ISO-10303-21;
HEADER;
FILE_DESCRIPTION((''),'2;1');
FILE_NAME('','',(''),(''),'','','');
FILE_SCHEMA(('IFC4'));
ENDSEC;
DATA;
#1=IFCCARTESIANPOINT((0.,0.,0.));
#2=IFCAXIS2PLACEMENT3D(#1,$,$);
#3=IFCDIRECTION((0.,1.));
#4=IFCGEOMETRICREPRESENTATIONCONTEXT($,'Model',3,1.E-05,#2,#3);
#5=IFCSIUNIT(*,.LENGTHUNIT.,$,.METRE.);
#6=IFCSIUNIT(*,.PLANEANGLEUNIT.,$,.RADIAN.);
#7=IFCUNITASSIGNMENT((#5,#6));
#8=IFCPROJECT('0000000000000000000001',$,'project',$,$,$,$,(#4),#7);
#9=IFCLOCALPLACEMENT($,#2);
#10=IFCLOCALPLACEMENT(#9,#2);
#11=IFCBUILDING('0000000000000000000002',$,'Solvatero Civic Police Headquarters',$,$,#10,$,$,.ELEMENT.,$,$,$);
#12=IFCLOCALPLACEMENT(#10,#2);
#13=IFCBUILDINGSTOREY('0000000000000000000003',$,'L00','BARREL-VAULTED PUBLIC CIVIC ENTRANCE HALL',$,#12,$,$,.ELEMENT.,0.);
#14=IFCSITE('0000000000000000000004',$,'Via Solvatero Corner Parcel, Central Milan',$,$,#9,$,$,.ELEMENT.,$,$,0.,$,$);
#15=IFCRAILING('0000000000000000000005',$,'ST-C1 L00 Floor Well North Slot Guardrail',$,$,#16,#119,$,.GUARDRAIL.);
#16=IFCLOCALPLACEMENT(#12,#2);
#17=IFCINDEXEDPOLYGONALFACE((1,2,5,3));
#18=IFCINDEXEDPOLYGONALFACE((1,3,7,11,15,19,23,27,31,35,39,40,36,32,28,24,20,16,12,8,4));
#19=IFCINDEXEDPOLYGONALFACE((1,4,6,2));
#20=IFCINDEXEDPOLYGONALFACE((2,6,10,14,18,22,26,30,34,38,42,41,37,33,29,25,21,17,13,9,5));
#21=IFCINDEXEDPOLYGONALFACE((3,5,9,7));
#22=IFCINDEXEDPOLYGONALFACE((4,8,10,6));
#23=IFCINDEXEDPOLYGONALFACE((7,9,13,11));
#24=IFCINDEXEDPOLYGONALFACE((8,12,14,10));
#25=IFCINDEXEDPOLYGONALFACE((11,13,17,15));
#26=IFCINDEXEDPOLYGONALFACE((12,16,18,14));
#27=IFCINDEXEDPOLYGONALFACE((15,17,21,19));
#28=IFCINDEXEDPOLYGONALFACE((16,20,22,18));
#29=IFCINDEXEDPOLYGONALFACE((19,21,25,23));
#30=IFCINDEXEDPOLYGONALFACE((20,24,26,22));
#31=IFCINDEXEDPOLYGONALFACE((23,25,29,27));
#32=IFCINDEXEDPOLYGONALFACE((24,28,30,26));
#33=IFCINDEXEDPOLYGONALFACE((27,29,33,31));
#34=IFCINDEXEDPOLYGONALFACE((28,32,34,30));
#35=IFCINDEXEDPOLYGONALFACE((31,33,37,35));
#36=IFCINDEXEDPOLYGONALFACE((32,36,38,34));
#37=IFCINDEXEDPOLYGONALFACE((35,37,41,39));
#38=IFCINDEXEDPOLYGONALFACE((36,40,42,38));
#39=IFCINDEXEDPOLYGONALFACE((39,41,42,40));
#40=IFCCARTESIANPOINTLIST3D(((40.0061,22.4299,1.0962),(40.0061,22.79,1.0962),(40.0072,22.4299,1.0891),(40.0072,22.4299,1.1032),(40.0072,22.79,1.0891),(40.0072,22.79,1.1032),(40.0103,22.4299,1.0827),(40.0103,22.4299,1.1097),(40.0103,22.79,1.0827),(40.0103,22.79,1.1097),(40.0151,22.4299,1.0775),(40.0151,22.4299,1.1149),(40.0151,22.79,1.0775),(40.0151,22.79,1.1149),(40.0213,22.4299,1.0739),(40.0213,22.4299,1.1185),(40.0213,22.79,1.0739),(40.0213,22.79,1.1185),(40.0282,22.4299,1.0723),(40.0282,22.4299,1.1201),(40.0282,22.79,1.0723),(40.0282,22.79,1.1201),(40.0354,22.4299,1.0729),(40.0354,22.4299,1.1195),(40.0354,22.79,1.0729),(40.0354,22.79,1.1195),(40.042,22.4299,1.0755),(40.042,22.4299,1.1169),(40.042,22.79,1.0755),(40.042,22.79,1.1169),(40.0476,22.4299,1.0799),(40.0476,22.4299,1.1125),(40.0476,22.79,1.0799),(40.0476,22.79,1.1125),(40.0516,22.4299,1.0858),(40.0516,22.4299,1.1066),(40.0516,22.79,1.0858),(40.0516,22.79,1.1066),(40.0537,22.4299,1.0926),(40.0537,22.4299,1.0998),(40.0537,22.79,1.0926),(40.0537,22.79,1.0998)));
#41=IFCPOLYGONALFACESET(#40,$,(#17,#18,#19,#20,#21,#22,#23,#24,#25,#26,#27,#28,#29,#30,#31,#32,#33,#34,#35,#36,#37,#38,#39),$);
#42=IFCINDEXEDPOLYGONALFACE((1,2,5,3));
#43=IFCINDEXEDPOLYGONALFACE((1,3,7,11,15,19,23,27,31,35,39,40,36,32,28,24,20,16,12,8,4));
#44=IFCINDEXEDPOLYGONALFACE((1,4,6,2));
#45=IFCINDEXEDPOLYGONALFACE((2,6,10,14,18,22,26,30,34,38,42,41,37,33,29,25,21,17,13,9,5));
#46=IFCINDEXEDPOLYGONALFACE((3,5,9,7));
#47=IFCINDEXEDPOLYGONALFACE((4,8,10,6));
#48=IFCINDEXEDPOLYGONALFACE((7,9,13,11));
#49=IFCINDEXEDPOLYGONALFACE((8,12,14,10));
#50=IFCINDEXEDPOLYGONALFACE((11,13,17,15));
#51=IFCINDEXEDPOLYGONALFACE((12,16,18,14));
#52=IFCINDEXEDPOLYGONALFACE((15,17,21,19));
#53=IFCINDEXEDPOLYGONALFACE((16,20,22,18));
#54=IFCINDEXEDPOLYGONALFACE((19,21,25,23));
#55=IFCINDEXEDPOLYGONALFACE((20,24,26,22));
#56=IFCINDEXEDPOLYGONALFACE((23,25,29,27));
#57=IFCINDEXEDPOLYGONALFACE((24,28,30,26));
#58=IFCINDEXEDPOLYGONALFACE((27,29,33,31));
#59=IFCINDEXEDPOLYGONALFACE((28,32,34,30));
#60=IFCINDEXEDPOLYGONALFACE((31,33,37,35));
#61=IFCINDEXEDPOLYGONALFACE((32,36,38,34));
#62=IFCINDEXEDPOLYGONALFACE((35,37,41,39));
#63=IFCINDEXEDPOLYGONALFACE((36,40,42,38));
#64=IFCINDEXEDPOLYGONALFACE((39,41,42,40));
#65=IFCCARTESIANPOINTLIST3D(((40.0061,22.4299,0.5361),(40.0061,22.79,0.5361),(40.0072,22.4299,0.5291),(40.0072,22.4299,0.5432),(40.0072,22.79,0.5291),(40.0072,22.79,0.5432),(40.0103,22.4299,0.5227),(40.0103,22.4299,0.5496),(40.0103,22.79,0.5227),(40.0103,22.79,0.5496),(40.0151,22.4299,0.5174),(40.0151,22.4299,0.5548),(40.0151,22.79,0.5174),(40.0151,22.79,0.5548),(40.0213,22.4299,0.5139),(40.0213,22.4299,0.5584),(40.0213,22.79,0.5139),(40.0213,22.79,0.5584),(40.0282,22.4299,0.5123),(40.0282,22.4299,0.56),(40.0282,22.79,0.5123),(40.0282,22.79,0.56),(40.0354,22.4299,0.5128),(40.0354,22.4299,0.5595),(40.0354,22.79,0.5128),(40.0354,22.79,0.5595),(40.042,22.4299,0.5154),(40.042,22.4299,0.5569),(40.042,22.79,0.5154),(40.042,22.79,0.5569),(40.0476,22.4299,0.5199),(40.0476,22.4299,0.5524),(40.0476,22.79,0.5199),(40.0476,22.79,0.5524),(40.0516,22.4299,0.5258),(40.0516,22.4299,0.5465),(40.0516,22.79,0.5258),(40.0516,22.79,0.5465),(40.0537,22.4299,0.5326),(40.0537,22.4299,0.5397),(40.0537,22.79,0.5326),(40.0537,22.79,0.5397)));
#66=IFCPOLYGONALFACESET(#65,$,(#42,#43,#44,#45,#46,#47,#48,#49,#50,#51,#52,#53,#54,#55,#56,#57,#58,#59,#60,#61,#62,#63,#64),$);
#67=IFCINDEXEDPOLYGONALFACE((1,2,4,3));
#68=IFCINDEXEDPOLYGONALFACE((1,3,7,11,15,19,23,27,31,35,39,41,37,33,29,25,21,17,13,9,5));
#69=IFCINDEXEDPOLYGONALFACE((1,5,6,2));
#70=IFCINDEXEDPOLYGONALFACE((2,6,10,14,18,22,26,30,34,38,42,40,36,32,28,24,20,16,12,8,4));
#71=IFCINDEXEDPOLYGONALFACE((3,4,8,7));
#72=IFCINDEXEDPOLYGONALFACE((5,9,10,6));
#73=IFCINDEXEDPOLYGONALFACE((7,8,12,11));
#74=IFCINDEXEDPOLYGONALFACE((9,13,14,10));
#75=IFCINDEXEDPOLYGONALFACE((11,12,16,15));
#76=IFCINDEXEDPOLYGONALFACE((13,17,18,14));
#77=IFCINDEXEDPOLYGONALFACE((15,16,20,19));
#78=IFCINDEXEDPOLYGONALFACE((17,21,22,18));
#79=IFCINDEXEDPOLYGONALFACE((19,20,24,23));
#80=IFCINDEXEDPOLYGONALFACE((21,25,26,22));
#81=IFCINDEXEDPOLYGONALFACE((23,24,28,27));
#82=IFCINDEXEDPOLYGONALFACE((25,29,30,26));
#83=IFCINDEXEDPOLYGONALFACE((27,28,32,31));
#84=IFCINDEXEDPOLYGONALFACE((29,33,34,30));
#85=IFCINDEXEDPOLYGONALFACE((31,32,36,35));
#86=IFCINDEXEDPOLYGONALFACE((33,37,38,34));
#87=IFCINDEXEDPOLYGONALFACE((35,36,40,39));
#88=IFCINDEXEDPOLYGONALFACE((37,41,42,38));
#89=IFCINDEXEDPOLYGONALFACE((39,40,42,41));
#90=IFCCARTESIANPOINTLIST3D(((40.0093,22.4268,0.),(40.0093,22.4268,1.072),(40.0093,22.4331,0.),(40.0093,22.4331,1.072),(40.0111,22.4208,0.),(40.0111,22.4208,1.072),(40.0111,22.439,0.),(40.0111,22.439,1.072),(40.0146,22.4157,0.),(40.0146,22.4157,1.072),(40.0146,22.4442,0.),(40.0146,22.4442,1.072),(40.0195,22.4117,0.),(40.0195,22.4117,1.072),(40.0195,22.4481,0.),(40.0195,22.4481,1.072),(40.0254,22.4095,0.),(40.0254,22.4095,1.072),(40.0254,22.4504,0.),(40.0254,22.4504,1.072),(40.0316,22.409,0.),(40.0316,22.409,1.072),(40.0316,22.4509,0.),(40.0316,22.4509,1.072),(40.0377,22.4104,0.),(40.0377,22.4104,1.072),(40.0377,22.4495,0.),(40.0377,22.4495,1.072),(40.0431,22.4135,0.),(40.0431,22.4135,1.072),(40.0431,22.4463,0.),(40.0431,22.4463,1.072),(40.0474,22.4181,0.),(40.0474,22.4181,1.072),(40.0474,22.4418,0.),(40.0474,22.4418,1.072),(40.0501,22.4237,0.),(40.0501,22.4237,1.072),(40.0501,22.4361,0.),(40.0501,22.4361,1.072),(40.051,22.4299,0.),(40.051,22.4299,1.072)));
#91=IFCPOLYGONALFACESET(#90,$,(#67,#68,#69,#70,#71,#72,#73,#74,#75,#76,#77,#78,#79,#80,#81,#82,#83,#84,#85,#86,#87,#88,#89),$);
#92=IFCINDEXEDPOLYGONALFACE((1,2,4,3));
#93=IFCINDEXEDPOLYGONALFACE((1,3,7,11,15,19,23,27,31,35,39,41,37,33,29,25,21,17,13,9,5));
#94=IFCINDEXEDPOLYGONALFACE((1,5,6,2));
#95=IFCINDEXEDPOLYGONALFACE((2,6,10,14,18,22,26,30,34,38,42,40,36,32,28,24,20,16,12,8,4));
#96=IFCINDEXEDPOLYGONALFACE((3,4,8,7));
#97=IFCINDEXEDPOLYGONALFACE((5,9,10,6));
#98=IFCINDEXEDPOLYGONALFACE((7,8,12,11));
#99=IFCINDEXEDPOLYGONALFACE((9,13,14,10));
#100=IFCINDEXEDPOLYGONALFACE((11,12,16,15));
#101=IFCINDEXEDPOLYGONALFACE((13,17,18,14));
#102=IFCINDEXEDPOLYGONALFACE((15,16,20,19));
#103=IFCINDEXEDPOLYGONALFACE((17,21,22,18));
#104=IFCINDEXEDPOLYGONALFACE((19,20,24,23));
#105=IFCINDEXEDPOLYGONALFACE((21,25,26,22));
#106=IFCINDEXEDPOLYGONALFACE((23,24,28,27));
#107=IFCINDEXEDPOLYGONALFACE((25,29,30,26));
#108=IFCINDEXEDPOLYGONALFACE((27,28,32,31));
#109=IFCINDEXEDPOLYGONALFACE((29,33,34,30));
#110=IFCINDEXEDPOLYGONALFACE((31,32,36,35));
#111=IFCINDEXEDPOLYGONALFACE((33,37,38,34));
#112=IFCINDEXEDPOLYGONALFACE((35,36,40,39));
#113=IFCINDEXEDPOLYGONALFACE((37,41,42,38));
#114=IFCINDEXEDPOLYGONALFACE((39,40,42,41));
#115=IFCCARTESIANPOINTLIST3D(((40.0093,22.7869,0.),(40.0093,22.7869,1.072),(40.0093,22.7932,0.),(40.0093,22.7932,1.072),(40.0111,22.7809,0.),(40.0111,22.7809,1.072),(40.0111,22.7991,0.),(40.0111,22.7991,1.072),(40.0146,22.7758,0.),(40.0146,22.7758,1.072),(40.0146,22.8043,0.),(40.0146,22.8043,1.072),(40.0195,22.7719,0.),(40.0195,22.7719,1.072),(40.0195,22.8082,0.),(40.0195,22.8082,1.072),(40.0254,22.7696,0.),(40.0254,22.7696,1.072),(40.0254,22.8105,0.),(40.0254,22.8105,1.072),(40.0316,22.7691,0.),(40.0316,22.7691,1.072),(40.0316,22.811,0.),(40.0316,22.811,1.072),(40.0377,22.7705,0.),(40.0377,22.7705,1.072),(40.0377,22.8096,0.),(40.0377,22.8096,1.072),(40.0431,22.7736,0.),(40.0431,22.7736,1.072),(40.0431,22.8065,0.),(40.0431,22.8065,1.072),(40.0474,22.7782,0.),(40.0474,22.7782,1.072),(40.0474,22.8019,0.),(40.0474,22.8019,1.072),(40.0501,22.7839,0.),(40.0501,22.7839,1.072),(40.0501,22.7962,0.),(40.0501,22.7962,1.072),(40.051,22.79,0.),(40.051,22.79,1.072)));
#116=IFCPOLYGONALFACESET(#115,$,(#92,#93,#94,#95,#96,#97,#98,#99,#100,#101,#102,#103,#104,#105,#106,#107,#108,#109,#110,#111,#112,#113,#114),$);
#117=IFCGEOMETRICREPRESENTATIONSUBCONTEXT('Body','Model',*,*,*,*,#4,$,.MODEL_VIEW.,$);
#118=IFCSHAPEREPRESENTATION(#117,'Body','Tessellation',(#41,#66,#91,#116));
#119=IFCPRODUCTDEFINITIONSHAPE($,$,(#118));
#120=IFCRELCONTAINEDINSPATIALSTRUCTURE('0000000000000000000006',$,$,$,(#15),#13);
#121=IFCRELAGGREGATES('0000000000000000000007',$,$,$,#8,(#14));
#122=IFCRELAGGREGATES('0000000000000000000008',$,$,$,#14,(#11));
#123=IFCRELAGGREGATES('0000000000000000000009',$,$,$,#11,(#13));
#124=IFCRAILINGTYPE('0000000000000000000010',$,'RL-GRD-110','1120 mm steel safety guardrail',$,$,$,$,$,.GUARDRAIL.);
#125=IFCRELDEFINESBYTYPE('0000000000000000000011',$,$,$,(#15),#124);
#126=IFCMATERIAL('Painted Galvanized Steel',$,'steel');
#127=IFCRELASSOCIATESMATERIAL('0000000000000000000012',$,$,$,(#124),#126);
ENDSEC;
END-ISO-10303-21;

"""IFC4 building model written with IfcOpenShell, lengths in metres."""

from ifc_helpers import new_model, si_unit, direction, frame, origin, origin_2d, place, context, subcontext, project, spatial, circle, extrude, material, type_object, element, save


model = new_model("IFC4")

# Units and contexts
model_context = context("Model", 3, precision=1e-05, world=origin(), true_north=direction((0.0, 1.0)))
body_context = subcontext(model_context, "Body", "Model", "MODEL_VIEW")
ifc_project = project(units=[si_unit("LENGTHUNIT", "METRE"), si_unit("PLANEANGLEUNIT", "RADIAN")], contexts=[model_context])

# Site, building, storey
site_placement = place(None, origin())
site = spatial("IfcSite", under=ifc_project, at=site_placement, Name="Via Solvatero Corner Parcel, Central Milan", CompositionType="ELEMENT", RefElevation=0.0)
building_placement = place(site_placement, origin())
building = spatial("IfcBuilding", under=site, at=building_placement, Name="Solvatero Civic Police Headquarters", CompositionType="ELEMENT")
storey_placement = place(building_placement, origin())
storey = spatial("IfcBuildingStorey", under=building, at=storey_placement, Name="L00", Description="BARREL-VAULTED PUBLIC CIVIC ENTRANCE HALL", CompositionType="ELEMENT", Elevation=0.0)

# Railing
ifc_material_1 = material(Name="Painted Galvanized Steel", Category="steel")
railing_type_1 = type_object("IfcRailingType", Name="RL-GRD-110", Description="1120 mm steel safety guardrail", PredefinedType="GUARDRAIL", material=ifc_material_1)
railing_1_placement = place(storey_placement, frame((40.03, 22.4299, 0.0)))
element("IfcRailing", 1, at=railing_1_placement, inside=storey, type_object=railing_type_1, Name="ST-C1 L00 Floor Well North Slot Guardrail", PredefinedType="GUARDRAIL", context=body_context, shape_type="SweptSolid", body=[
    extrude(circle(Radius=0.0239, at=origin_2d()), frame((0.0, 0.0, 1.0962), z_axis=(0.0, 1.0, 0.0), x_axis=(-1.0, 0.0, 0.0)), (0.0, 0.0, 1.0), 0.3601),
    extrude(circle(Radius=0.0239, at=origin_2d()), frame((0.0, 0.0, 0.5361), z_axis=(0.0, 1.0, 0.0), x_axis=(-1.0, 0.0, 0.0)), (0.0, 0.0, 1.0), 0.3601),
    extrude(circle(Radius=0.021, at=origin_2d()), origin(), (0.0, 0.0, 1.0), 1.072),
    extrude(circle(Radius=0.021, at=origin_2d()), frame((0.0, 0.3601, 0.0)), (0.0, 0.0, 1.0), 1.072),
])

save(model, "model.ifc")
